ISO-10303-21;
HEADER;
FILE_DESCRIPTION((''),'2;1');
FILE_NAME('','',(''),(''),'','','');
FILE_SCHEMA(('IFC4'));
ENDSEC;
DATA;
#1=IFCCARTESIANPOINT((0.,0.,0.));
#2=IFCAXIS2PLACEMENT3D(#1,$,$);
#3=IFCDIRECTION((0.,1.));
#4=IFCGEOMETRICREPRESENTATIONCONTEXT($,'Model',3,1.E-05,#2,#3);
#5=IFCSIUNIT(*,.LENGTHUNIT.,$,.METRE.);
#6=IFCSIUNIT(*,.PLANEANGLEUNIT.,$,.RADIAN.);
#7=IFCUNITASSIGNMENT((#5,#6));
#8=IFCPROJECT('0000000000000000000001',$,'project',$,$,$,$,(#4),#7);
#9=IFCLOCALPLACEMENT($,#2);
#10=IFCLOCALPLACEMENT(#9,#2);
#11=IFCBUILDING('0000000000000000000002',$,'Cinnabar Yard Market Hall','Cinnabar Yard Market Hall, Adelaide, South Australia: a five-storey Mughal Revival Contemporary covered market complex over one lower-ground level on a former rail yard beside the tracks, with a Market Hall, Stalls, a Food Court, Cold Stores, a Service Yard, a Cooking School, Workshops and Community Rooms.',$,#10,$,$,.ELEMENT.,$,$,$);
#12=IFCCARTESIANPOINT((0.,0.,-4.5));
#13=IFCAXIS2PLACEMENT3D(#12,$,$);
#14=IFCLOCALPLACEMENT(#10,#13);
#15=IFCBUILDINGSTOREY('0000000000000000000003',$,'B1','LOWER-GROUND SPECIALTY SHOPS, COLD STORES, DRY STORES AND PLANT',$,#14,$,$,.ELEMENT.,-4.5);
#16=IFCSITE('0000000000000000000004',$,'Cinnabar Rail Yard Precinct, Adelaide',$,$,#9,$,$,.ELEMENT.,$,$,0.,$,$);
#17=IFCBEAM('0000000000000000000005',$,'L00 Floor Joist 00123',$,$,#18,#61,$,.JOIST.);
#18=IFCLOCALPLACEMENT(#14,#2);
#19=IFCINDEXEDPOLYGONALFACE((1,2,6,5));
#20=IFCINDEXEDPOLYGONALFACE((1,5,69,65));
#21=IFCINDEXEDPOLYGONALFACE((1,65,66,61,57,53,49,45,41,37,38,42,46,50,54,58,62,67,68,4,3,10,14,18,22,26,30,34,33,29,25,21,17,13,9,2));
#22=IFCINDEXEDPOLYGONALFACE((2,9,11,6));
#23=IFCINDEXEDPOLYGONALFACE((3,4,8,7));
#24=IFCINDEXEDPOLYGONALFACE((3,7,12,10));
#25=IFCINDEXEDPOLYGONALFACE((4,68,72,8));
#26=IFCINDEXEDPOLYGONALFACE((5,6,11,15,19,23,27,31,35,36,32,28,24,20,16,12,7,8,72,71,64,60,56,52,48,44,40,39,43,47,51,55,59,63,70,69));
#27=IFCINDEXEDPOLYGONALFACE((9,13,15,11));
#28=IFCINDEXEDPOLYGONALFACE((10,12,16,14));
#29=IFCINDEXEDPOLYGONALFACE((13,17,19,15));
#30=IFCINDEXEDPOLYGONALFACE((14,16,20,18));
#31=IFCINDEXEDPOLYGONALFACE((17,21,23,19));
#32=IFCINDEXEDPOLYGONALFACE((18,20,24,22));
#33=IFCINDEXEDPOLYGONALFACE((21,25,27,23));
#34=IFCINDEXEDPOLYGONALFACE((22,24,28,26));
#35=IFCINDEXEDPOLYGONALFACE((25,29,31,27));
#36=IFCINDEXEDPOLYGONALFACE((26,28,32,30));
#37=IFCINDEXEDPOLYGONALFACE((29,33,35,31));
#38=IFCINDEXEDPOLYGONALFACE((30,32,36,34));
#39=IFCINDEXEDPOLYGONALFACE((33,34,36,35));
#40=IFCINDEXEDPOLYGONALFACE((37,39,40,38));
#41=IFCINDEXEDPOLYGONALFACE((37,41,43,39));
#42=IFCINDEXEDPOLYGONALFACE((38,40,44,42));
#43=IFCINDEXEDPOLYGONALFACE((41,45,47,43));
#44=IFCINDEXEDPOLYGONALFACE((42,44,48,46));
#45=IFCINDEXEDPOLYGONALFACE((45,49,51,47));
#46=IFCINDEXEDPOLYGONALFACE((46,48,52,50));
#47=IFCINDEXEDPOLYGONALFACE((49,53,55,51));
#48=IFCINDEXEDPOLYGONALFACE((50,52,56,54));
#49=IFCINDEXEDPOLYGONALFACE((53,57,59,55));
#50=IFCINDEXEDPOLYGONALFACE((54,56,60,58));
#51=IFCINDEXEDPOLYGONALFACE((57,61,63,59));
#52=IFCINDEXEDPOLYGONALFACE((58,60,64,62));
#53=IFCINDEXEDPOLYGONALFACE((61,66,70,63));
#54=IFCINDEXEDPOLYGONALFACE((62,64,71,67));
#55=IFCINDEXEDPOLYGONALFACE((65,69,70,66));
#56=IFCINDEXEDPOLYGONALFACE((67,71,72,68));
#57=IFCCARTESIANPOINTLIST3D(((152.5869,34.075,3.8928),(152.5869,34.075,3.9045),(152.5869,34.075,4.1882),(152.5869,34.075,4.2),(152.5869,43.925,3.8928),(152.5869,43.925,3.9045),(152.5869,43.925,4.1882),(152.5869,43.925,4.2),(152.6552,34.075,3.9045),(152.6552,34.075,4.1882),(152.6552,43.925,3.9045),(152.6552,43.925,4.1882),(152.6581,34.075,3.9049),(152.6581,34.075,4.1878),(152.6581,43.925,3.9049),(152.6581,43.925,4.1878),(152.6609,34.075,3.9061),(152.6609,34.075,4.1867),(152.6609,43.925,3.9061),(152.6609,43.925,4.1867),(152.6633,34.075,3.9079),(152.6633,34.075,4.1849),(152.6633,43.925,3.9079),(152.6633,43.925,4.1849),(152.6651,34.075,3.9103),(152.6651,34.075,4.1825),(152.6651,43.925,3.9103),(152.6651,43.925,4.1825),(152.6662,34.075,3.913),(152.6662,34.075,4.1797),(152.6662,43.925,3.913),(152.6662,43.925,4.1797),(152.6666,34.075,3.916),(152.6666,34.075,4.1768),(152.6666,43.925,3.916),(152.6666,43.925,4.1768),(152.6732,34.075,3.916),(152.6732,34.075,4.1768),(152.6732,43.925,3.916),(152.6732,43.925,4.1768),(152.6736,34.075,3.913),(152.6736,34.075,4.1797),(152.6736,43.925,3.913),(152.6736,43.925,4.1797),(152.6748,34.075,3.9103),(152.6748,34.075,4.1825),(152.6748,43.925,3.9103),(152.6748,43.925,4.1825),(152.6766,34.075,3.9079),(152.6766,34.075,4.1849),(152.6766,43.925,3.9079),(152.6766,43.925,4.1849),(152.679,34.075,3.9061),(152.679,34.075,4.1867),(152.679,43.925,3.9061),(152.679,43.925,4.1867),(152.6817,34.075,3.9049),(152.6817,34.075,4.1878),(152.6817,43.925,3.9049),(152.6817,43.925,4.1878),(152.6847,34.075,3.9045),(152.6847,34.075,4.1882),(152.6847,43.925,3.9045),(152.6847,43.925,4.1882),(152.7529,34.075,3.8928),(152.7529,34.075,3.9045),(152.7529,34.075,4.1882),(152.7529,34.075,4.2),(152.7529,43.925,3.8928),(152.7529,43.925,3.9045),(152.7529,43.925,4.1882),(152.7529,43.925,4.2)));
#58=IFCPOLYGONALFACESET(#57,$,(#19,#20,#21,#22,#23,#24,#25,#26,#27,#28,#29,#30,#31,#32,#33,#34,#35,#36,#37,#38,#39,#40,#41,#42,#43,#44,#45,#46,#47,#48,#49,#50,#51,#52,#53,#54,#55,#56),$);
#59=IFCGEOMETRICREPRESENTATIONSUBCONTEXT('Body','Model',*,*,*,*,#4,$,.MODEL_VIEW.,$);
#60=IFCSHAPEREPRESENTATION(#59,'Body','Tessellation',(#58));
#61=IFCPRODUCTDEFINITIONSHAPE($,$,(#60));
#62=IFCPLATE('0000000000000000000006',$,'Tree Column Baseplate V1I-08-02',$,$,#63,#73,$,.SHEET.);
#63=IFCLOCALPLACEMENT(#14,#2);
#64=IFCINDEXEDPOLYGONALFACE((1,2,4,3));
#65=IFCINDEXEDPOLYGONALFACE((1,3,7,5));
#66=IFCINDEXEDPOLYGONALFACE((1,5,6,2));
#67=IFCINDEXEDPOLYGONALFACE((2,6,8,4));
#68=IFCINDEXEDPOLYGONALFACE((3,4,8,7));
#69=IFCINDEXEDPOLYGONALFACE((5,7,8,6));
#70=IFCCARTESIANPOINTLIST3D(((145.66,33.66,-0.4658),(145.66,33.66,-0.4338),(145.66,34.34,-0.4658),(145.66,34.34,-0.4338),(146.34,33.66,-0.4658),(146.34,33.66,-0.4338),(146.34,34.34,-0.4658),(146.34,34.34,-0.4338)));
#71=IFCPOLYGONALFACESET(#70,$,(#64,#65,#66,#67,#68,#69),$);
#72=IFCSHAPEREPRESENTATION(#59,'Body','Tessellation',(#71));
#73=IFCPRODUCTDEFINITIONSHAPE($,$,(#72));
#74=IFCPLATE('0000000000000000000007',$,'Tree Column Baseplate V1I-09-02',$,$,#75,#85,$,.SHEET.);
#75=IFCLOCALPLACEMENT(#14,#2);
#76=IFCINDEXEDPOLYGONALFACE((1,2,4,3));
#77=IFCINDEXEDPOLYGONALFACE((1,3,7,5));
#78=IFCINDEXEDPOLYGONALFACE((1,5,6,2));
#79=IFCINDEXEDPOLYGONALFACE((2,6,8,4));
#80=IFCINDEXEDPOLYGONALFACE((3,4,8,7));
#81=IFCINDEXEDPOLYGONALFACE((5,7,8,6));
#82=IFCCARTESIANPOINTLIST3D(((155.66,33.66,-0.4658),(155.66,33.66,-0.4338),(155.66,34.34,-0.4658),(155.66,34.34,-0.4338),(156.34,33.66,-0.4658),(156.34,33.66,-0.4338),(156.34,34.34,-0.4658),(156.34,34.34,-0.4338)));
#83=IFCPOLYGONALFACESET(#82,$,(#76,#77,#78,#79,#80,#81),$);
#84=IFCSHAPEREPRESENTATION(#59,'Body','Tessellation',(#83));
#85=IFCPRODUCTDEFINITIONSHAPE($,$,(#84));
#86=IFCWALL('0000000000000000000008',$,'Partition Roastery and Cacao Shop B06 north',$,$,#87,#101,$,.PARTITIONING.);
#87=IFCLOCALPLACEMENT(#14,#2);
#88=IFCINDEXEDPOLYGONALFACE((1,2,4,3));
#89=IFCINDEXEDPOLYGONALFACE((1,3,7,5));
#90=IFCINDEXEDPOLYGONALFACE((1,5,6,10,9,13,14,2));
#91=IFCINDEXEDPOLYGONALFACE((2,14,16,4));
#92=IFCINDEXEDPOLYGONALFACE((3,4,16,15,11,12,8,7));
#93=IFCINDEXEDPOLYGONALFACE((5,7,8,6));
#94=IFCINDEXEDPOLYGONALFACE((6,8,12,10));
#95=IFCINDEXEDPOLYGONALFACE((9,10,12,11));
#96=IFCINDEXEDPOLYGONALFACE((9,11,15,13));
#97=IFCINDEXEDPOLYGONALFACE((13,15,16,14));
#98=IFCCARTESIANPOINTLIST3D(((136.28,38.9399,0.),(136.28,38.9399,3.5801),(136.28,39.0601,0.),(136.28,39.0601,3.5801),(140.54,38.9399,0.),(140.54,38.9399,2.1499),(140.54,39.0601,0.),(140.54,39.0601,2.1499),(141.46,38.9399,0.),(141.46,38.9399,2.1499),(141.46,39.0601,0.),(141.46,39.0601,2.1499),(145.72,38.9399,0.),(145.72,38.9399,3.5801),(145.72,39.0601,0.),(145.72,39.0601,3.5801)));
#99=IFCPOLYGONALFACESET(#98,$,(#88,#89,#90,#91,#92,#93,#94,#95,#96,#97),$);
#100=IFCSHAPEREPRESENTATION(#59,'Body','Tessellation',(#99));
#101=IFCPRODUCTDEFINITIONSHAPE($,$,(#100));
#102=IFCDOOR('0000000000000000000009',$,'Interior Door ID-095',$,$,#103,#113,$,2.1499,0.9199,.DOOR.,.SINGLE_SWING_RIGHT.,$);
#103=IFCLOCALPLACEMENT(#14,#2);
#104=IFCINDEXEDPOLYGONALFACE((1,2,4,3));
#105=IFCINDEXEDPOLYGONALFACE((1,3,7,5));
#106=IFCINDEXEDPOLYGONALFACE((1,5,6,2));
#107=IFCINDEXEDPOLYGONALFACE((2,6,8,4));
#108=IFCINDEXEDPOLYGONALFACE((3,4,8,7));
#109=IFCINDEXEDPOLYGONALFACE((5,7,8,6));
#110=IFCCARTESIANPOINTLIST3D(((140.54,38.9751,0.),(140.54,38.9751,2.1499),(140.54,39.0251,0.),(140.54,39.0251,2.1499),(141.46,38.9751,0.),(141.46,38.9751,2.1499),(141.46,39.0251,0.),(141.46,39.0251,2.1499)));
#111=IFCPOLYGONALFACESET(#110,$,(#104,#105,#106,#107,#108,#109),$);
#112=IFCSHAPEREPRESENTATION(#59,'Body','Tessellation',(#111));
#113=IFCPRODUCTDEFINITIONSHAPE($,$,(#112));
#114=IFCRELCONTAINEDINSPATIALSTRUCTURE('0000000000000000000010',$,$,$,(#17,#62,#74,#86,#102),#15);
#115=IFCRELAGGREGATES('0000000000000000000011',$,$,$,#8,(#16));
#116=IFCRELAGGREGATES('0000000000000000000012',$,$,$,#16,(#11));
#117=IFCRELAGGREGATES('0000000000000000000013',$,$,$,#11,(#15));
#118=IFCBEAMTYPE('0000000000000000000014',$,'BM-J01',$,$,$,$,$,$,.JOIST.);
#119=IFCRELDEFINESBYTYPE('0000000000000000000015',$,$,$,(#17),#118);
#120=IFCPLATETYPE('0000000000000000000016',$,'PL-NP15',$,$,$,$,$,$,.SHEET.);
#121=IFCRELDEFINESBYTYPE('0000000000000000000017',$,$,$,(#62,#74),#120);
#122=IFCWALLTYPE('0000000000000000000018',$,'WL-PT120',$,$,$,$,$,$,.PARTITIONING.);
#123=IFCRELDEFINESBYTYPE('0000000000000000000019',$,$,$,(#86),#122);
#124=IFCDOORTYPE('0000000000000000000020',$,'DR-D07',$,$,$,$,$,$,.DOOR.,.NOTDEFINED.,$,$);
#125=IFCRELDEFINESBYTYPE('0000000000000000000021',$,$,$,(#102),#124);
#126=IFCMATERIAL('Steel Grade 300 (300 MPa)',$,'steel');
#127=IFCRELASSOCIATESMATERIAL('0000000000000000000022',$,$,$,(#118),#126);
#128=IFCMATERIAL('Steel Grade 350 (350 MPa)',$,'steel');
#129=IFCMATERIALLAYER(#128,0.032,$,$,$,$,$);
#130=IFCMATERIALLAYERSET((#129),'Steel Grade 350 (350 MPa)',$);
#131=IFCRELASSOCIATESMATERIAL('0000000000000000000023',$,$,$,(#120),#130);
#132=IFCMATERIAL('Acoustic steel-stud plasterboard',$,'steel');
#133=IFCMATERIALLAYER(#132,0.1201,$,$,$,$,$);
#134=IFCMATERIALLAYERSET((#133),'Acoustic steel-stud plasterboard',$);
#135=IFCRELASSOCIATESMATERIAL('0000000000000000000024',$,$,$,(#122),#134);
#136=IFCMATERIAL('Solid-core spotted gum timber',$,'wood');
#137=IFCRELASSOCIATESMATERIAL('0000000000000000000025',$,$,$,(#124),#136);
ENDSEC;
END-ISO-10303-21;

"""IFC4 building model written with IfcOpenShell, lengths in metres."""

from ifc_helpers import new_model, si_unit, direction, frame, frame_2d, origin, origin_2d_with_axis, place, context, subcontext, project, spatial, rectangle, i_section, extrude, material, layer, layer_set, material_profile, profile_set, type_object, element, fill, save


model = new_model("IFC4")

# Units and contexts
model_context = context("Model", 3, precision=1e-05, world=origin(), true_north=direction((0.0, 1.0)))
body_context = subcontext(model_context, "Body", "Model", "MODEL_VIEW")
ifc_project = project(units=[si_unit("LENGTHUNIT", "METRE"), si_unit("PLANEANGLEUNIT", "RADIAN")], contexts=[model_context])

# Site, building, storey
site_placement = place(None, origin())
site = spatial("IfcSite", under=ifc_project, at=site_placement, Name="Cinnabar Rail Yard Precinct, Adelaide", CompositionType="ELEMENT", RefElevation=0.0)
building_placement = place(site_placement, origin())
building = spatial("IfcBuilding", under=site, at=building_placement, Name="Cinnabar Yard Market Hall", Description="Cinnabar Yard Market Hall, Adelaide, South Australia: a five-storey Mughal Revival Contemporary covered market complex over one lower-ground level on a former rail yard beside the tracks, with a Market Hall, Stalls, a Food Court, Cold Stores, a Service Yard, a Cooking School, Workshops and Community Rooms.", CompositionType="ELEMENT")
storey_placement = place(building_placement, frame((0.0, 0.0, -4.5)))
storey = spatial("IfcBuildingStorey", under=building, at=storey_placement, Name="B1", Description="LOWER-GROUND SPECIALTY SHOPS, COLD STORES, DRY STORES AND PLANT", CompositionType="ELEMENT", Elevation=-4.5)

# Beam
ifc_material_1 = material(Name="Steel Grade 300 (300 MPa)", Category="steel")
ifc_material_profile_1 = material_profile(ifc_material_1, i_section(OverallWidth=0.166, OverallDepth=0.3071, WebThickness=0.0066, FlangeThickness=0.0117, FilletRadius=0.0115, at=origin_2d_with_axis()), Name="310UB46.2")
ifc_profile_set_1 = profile_set([ifc_material_profile_1], Name="Steel Grade 300 (300 MPa)")
beam_type_1 = type_object("IfcBeamType", Name="BM-J01", PredefinedType="JOIST", material=ifc_profile_set_1)
for number, where, z_axis, x_axis, name in (
    (1, (152.6699, 34.075, 4.0464), (0.0, 1.0, 0.0), (-1.0, 0.0, 0.0), "L00 Floor Joist 00123"),
):
    element("IfcBeam", number, at=place(storey_placement, frame(where, z_axis=z_axis, x_axis=x_axis)), inside=storey, type_object=beam_type_1, Name=name, PredefinedType="JOIST", context=body_context, shape_type="SweptSolid", body=[
        extrude(i_section(OverallWidth=0.166, OverallDepth=0.3071, WebThickness=0.0066, FlangeThickness=0.0117, FilletRadius=0.0115, at=origin_2d_with_axis()), origin(), (0.0, 0.0, 1.0), 9.8501),
    ])

# Plates
ifc_material_2 = material(Name="Steel Grade 350 (350 MPa)", Category="steel")
ifc_layer_1 = layer(ifc_material_2, 0.032)
ifc_layer_set_1 = layer_set([ifc_layer_1], Name="Steel Grade 350 (350 MPa)")
plate_type = type_object("IfcPlateType", Name="PL-NP15", PredefinedType="SHEET", material=ifc_layer_set_1)
for number, where, z_axis, x_axis, name in (
    (2, (146.0, 34.0, -0.4658), (0.0, 0.0, 1.0), (1.0, 0.0, 0.0), "Tree Column Baseplate V1I-08-02"),
    (3, (156.0, 34.0, -0.4658), (0.0, 0.0, 1.0), (1.0, 0.0, 0.0), "Tree Column Baseplate V1I-09-02"),
):
    element("IfcPlate", number, at=place(storey_placement, frame(where, z_axis=z_axis, x_axis=x_axis)), inside=storey, type_object=plate_type, Name=name, PredefinedType="SHEET", context=body_context, shape_type="SweptSolid", body=[
        extrude(rectangle(XDim=0.6799, YDim=0.6799, at=origin_2d_with_axis()), origin(), (0.0, 0.0, 1.0), 0.032),
    ])

# Wall, opening, door
ifc_material_3 = material(Name="Acoustic steel-stud plasterboard", Category="steel")
ifc_layer_2 = layer(ifc_material_3, 0.1201)
ifc_layer_set_2 = layer_set([ifc_layer_2], Name="Acoustic steel-stud plasterboard")
wall_type = type_object("IfcWallType", Name="WL-PT120", PredefinedType="PARTITIONING", material=ifc_layer_set_2)
wall_placement = place(storey_placement, frame((145.72, 39.0, 0.0), z_axis=(0.0, 0.0, 1.0), x_axis=(-1.0, 0.0, 0.0)))
wall = element("IfcWall", 4, at=wall_placement, inside=storey, type_object=wall_type, Name="Partition Roastery and Cacao Shop B06 north", PredefinedType="PARTITIONING", context=body_context, shape_type="SweptSolid", body=[
    extrude(rectangle(XDim=9.4399, YDim=0.1201, at=frame_2d((4.72, 0.0), x_axis=(1.0, 0.0))), origin(), (0.0, 0.0, 1.0), 3.5801),
])
opening_placement = place(wall_placement, frame((4.26, 0.0, 0.0)))
opening = element("IfcOpeningElement", 5, at=opening_placement, cuts=wall, PredefinedType="OPENING", context=body_context, shape_type="SweptSolid", body=[
    extrude(rectangle(XDim=0.9199, YDim=2.1499, at=frame_2d((0.46, 1.075), x_axis=(1.0, 0.0))), frame((0.0, 0.0701, 0.0), z_axis=(0.0, -1.0, 0.0), x_axis=(1.0, 0.0, 0.0)), (0.0, 0.0, 1.0), 0.1401),
])
ifc_material_4 = material(Name="Solid-core spotted gum timber", Category="wood")
door_type = type_object("IfcDoorType", Name="DR-D07", OperationType="NOTDEFINED", PredefinedType="DOOR", material=ifc_material_4)
door_placement = place(opening_placement, origin())
door = element("IfcDoor", 6, at=door_placement, inside=storey, type_object=door_type, Name="Interior Door ID-095", OperationType="SINGLE_SWING_RIGHT", OverallHeight=2.1499, OverallWidth=0.9199, PredefinedType="DOOR", context=body_context, shape_type="SweptSolid", body=[
    extrude(rectangle(XDim=0.9199, YDim=2.1499, at=frame_2d((0.46, 1.075), x_axis=(1.0, 0.0))), frame((0.0, 0.0249, 0.0), z_axis=(0.0, -1.0, 0.0), x_axis=(1.0, 0.0, 0.0)), (0.0, 0.0, 1.0), 0.05),
])
fill(opening, door)

save(model, "model.ifc")
